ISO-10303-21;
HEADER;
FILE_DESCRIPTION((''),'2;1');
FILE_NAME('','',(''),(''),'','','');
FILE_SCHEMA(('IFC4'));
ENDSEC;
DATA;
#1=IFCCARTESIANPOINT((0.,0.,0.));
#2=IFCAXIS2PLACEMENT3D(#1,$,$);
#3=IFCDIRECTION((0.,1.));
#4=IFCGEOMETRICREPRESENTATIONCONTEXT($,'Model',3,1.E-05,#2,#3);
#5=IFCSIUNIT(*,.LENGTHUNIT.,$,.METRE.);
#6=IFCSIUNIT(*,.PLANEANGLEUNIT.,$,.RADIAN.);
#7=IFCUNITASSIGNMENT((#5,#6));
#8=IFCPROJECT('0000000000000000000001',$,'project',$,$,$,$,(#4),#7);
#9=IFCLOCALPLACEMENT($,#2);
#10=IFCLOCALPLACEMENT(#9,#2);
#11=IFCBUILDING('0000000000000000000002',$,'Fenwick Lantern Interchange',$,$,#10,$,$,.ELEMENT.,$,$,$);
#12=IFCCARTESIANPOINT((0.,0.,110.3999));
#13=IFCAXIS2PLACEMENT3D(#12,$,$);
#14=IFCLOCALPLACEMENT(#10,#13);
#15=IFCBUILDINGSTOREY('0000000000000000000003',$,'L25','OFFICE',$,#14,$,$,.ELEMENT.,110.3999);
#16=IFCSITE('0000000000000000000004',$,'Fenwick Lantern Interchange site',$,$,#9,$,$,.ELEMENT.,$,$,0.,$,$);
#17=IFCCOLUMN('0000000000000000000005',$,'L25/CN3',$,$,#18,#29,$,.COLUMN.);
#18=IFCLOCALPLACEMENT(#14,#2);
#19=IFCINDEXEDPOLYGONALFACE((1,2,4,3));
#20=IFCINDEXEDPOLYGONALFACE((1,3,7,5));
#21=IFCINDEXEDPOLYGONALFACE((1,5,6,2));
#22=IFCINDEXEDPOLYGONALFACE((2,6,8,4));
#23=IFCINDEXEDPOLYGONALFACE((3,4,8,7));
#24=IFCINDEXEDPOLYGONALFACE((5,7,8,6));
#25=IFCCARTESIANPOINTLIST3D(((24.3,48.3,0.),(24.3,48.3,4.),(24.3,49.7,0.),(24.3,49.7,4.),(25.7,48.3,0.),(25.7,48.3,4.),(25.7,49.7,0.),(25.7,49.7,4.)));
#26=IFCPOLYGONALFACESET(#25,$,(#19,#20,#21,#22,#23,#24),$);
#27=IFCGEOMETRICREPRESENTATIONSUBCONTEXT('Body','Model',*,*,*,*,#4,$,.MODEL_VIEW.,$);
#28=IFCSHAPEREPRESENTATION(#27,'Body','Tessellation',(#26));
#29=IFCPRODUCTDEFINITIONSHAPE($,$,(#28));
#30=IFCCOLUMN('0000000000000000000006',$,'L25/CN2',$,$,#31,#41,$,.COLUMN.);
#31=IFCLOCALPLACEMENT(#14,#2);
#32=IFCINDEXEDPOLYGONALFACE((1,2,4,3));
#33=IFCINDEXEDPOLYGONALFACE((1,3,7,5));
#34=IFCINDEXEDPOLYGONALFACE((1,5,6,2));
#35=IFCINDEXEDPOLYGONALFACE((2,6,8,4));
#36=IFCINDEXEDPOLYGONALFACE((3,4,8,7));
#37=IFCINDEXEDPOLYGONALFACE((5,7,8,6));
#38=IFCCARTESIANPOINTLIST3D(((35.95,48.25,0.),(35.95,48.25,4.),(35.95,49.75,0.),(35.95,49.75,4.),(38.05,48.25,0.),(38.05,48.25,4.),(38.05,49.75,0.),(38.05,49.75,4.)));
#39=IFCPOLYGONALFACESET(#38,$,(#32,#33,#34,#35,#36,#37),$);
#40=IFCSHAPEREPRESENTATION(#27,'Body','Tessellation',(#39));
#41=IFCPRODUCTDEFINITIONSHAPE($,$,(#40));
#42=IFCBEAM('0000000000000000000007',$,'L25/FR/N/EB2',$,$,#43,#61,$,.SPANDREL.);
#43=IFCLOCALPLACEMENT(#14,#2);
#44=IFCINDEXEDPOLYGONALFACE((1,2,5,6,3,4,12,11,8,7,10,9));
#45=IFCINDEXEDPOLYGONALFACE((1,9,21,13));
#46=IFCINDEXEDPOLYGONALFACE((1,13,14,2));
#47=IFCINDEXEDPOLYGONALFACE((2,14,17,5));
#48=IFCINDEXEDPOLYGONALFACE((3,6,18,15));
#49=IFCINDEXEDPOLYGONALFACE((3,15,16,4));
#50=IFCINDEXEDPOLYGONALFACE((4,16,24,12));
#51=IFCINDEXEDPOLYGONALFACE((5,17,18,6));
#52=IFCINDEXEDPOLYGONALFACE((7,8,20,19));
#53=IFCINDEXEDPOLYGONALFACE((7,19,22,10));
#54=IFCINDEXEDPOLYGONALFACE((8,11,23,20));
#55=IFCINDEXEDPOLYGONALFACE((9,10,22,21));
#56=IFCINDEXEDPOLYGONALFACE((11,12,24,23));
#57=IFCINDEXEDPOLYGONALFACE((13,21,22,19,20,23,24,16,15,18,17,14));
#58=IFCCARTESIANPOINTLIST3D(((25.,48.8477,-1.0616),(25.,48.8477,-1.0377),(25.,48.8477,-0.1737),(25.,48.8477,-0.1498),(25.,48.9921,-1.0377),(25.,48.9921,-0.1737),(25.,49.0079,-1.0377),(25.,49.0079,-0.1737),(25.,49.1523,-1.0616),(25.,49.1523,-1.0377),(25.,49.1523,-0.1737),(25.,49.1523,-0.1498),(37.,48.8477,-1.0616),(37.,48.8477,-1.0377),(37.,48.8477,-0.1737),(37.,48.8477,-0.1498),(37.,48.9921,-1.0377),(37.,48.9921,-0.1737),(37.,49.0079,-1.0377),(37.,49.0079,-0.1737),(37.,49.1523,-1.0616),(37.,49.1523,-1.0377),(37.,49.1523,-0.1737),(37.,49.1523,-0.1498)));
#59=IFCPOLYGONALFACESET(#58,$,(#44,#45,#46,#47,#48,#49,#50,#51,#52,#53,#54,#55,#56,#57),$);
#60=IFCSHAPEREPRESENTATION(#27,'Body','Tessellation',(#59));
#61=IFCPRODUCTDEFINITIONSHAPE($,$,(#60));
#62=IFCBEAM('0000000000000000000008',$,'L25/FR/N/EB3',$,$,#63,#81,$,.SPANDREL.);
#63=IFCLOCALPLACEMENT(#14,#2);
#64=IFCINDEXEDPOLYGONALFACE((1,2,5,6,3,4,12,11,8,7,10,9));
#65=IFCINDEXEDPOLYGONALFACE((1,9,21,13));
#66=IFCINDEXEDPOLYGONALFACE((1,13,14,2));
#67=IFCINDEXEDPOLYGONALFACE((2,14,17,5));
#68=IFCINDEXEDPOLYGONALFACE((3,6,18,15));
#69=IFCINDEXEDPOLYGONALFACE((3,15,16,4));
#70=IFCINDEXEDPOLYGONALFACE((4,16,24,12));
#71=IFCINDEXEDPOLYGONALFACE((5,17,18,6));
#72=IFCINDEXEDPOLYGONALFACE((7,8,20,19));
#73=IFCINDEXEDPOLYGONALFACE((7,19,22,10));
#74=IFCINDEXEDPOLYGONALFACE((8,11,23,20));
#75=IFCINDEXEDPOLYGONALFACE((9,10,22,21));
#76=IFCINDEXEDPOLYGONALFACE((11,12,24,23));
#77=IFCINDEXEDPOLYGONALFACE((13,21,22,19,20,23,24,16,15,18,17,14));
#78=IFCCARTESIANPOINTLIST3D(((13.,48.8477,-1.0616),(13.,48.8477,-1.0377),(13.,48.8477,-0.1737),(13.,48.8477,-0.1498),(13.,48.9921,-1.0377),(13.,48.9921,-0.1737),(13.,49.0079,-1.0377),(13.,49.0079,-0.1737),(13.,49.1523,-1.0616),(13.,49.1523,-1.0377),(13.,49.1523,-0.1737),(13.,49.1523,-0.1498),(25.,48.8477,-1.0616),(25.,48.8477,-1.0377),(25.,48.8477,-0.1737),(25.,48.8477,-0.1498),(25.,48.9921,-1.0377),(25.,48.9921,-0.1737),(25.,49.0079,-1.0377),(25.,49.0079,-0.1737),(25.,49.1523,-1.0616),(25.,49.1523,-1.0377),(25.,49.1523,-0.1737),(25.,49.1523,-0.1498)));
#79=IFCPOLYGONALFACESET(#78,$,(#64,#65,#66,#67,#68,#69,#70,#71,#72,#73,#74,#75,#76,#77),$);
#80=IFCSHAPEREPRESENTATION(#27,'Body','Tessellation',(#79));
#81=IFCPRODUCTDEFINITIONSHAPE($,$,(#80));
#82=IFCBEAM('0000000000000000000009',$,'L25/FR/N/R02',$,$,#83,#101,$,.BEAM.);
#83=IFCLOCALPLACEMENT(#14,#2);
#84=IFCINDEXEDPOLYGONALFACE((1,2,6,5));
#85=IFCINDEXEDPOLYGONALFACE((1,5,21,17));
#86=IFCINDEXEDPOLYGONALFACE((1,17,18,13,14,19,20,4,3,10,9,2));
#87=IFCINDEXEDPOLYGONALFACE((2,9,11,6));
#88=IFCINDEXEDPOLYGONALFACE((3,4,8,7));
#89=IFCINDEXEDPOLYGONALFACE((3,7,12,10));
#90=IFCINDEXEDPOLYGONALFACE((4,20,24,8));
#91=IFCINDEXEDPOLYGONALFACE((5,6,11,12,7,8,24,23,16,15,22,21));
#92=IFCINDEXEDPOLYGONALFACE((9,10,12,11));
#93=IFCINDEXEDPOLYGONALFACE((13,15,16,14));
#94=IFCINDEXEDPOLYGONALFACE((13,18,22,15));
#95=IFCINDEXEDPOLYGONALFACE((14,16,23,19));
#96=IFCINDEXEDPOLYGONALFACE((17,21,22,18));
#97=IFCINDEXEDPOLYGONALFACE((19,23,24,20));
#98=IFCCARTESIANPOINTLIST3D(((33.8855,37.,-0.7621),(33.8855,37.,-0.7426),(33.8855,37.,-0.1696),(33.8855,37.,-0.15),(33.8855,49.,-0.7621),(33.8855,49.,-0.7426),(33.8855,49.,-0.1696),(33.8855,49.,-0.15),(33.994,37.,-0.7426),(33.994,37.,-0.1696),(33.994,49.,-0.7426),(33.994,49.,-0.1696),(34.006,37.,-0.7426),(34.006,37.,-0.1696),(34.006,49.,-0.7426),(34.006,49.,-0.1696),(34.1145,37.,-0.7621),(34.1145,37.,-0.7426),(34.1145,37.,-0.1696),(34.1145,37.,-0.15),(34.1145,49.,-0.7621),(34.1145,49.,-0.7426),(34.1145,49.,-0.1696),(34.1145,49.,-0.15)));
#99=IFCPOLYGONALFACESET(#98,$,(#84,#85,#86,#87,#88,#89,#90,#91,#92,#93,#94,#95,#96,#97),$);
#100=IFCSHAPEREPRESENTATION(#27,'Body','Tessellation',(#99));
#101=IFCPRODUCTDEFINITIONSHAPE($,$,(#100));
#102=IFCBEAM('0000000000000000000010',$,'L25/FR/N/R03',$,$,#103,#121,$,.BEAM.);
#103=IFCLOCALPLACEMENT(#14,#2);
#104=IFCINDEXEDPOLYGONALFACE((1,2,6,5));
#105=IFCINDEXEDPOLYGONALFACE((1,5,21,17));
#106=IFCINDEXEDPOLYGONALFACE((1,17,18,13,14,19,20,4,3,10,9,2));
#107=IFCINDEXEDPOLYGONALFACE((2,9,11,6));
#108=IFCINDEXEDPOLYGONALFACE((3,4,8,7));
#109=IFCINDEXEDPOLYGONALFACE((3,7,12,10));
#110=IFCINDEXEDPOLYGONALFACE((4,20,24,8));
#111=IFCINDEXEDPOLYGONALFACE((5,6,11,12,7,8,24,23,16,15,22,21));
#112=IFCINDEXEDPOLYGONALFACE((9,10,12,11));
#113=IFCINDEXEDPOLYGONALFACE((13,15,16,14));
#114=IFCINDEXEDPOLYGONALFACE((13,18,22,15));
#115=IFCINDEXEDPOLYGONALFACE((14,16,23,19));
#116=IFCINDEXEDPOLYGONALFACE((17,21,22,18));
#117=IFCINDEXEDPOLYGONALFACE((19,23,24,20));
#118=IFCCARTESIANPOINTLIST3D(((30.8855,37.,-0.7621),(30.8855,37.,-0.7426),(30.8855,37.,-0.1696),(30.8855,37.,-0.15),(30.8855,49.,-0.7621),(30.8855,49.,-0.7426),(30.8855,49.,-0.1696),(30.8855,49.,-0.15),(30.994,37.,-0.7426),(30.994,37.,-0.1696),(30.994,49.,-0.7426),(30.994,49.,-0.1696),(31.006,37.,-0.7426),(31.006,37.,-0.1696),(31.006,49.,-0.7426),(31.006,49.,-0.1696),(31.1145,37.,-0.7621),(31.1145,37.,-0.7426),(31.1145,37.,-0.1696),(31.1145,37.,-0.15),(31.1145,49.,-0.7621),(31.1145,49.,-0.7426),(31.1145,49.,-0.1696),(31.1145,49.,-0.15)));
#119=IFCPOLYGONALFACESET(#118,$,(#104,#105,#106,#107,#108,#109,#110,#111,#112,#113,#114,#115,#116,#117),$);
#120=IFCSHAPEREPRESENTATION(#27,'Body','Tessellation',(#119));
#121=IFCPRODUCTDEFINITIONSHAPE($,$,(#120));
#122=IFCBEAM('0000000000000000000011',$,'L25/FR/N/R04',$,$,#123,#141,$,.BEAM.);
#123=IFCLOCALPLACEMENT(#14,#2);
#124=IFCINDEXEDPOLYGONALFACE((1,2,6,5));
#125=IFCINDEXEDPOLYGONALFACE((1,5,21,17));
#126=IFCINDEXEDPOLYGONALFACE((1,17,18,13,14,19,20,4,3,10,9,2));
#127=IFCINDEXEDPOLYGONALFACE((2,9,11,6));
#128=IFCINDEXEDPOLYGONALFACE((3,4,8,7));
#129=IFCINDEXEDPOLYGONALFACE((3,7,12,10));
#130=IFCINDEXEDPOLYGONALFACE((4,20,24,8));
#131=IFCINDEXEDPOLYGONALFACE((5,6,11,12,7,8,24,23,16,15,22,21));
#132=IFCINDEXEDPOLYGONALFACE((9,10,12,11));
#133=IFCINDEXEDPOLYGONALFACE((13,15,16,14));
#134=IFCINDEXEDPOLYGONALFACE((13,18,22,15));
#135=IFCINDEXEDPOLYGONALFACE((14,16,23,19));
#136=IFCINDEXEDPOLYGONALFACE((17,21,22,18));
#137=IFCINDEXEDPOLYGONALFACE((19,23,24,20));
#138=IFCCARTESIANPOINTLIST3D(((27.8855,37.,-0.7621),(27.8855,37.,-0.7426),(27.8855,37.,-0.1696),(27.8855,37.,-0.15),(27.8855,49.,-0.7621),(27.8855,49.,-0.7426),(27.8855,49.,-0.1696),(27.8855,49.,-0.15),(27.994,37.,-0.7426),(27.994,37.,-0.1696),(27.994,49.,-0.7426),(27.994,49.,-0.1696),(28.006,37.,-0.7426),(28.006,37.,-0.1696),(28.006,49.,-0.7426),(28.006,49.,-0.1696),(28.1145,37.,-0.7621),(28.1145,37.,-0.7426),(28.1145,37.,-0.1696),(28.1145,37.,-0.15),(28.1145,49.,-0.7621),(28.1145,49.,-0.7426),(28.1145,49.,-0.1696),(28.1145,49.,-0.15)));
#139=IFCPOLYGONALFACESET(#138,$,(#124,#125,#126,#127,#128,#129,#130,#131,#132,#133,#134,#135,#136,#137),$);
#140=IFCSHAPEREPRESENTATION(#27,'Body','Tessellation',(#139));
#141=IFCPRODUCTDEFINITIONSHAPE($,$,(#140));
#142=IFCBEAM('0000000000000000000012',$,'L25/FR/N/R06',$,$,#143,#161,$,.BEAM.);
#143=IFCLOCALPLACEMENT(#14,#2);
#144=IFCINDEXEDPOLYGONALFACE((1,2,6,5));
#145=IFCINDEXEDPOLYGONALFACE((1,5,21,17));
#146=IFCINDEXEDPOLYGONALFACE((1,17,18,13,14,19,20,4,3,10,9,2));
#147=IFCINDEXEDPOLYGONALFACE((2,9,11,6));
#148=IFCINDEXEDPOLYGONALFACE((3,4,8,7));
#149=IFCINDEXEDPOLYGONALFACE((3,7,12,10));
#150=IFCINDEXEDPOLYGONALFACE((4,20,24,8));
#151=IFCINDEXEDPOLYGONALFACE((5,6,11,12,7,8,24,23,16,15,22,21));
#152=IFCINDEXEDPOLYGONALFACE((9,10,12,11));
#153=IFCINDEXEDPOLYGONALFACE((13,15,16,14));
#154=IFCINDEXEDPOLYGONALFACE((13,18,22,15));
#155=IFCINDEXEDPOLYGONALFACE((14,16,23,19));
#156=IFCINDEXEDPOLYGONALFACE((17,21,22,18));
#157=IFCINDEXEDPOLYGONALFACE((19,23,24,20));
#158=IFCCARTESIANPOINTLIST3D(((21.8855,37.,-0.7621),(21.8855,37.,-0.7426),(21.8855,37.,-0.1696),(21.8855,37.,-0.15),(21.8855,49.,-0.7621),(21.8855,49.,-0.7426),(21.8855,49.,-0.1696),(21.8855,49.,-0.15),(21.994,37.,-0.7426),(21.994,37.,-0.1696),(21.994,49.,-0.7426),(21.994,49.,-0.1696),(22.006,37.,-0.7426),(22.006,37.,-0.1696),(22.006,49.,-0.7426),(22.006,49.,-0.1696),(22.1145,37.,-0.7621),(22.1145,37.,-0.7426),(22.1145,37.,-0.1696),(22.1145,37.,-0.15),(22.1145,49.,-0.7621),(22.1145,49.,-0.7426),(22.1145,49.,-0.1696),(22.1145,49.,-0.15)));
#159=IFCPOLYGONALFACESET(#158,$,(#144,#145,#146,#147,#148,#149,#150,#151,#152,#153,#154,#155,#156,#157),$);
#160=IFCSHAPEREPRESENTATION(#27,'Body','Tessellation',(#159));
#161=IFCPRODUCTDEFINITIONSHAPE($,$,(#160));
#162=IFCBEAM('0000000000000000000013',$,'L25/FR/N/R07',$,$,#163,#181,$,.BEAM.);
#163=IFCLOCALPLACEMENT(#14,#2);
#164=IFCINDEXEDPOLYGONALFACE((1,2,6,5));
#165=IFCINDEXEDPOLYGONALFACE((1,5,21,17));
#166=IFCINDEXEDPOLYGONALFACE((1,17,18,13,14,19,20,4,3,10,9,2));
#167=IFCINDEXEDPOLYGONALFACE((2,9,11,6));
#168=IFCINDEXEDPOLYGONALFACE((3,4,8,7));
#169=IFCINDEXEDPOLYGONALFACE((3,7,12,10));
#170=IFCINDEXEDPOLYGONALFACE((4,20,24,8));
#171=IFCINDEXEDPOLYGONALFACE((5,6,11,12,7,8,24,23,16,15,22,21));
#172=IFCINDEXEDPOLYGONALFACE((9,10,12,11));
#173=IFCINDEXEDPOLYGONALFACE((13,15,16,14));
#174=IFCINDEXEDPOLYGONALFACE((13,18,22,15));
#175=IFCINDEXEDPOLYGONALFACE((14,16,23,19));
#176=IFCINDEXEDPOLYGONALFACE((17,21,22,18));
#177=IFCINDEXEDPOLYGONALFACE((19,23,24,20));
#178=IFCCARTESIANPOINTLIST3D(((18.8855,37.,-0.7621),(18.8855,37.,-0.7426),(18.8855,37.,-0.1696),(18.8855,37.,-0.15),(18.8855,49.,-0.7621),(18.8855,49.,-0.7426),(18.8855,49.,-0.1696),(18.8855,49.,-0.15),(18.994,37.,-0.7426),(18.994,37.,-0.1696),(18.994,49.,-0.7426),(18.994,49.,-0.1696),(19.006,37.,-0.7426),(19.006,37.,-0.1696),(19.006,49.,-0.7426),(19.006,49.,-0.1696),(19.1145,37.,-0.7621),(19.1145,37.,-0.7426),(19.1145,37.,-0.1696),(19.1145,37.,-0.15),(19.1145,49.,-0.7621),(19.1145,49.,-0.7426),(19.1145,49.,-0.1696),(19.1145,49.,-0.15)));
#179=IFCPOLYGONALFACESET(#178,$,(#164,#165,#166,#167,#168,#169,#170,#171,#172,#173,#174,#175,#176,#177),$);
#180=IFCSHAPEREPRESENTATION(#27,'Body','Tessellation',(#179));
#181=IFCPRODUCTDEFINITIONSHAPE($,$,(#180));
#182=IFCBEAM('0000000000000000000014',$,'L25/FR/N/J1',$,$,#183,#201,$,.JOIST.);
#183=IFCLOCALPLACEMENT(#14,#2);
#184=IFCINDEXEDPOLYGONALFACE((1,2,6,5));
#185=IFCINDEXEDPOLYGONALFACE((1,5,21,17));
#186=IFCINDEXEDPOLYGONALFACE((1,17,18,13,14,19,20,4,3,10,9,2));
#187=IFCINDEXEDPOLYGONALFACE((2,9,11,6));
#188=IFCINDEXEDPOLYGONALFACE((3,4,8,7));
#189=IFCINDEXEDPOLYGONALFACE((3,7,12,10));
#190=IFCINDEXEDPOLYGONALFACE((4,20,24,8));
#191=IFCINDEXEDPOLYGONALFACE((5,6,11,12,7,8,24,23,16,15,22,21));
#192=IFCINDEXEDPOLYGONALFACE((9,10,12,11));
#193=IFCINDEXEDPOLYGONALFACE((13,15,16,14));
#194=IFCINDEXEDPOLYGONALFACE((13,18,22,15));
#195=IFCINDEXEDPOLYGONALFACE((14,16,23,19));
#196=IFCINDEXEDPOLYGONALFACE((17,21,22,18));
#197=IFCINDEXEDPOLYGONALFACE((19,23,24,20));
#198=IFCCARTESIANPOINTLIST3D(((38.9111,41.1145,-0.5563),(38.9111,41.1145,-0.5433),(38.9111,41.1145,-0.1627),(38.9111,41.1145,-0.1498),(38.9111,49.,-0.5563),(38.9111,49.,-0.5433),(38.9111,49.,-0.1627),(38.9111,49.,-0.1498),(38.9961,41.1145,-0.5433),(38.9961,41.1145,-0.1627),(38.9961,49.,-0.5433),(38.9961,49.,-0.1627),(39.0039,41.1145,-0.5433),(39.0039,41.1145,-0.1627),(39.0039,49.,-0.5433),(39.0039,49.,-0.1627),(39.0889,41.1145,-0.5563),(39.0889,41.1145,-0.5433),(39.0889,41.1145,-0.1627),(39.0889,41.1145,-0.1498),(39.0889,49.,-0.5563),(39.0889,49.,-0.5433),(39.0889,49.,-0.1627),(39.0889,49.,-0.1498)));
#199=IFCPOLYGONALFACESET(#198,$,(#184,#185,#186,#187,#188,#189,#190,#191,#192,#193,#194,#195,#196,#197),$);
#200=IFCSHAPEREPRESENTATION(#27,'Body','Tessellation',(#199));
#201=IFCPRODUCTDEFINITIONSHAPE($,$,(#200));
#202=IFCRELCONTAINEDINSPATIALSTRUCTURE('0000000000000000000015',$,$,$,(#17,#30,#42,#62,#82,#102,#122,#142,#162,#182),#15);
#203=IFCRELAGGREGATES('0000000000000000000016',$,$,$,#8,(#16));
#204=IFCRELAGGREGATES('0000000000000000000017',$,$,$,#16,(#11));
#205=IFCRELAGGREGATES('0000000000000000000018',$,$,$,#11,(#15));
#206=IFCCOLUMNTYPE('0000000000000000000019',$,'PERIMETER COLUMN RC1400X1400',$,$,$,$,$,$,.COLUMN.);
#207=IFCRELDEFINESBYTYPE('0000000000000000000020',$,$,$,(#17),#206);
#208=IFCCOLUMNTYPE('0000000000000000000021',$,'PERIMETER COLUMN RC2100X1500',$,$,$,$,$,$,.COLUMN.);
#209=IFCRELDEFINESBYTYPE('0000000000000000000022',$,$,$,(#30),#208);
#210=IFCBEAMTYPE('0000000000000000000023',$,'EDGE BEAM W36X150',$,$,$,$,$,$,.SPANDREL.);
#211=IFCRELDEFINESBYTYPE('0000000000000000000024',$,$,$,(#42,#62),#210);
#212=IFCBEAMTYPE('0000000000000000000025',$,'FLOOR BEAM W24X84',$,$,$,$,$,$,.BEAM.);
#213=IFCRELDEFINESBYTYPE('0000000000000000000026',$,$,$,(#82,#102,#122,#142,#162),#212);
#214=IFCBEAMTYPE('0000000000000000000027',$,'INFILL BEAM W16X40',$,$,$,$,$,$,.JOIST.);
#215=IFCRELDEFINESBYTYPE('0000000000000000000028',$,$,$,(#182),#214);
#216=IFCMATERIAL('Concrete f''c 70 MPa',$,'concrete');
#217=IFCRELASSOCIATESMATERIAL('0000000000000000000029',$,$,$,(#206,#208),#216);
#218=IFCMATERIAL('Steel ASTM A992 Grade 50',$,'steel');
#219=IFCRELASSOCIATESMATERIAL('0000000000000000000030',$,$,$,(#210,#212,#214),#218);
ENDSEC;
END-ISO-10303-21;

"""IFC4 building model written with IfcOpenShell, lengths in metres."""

from ifc_helpers import new_model, si_unit, direction, frame, origin, origin_2d, place, context, subcontext, project, spatial, rectangle, i_section, extrude, material, material_profile, profile_set, type_object, element, save


model = new_model("IFC4")

# Units and contexts
model_context = context("Model", 3, precision=1e-05, world=origin(), true_north=direction((0.0, 1.0)))
body_context = subcontext(model_context, "Body", "Model", "MODEL_VIEW")
ifc_project = project(units=[si_unit("LENGTHUNIT", "METRE"), si_unit("PLANEANGLEUNIT", "RADIAN")], contexts=[model_context])

# Site, building, storey
site_placement = place(None, origin())
site = spatial("IfcSite", under=ifc_project, at=site_placement, Name="Fenwick Lantern Interchange site", CompositionType="ELEMENT", RefElevation=0.0)
building_placement = place(site_placement, origin())
building = spatial("IfcBuilding", under=site, at=building_placement, Name="Fenwick Lantern Interchange", CompositionType="ELEMENT")
storey_placement = place(building_placement, frame((0.0, 0.0, 110.3999)))
storey = spatial("IfcBuildingStorey", under=building, at=storey_placement, Name="L25", Description="OFFICE", CompositionType="ELEMENT", Elevation=110.3999)

# Columns
ifc_material_1 = material(Name="Concrete f'c 70 MPa", Category="concrete")
ifc_material_profile_1 = material_profile(ifc_material_1, rectangle(XDim=1.3999, YDim=1.3999, at=origin_2d()), Name="RC1400X1400")
ifc_profile_set_1 = profile_set([ifc_material_profile_1], Name="Concrete f'c 70 MPa")
column_type_1 = type_object("IfcColumnType", Name="PERIMETER COLUMN RC1400X1400", PredefinedType="COLUMN", material=ifc_profile_set_1)
column_1_placement = place(storey_placement, frame((25.0, 49.0, 0.0), z_axis=(0.0, 0.0, 1.0), x_axis=(1.0, 0.0, 0.0)))
element("IfcColumn", 1, at=column_1_placement, inside=storey, type_object=column_type_1, Name="L25/CN3", PredefinedType="COLUMN", context=body_context, shape_type="SweptSolid", body=[
    extrude(rectangle(XDim=1.3999, YDim=1.3999, at=origin_2d()), origin(), (0.0, 0.0, 1.0), 4.0),
])
ifc_material_profile_2 = material_profile(ifc_material_1, rectangle(XDim=2.1001, YDim=1.5, at=origin_2d()), Name="RC2100X1500")
ifc_profile_set_2 = profile_set([ifc_material_profile_2], Name="Concrete f'c 70 MPa")
column_type_2 = type_object("IfcColumnType", Name="PERIMETER COLUMN RC2100X1500", PredefinedType="COLUMN", material=ifc_profile_set_2)
column_2_placement = place(storey_placement, frame((37.0, 49.0, 0.0), z_axis=(0.0, 0.0, 1.0), x_axis=(1.0, 0.0, 0.0)))
element("IfcColumn", 2, at=column_2_placement, inside=storey, type_object=column_type_2, Name="L25/CN2", PredefinedType="COLUMN", context=body_context, shape_type="SweptSolid", body=[
    extrude(rectangle(XDim=2.1001, YDim=1.5, at=origin_2d()), origin(), (0.0, 0.0, 1.0), 4.0),
])

# Beams
ifc_material_2 = material(Name="Steel ASTM A992 Grade 50", Category="steel")
ifc_material_profile_3 = material_profile(ifc_material_2, i_section(OverallWidth=0.3047, OverallDepth=0.9119, WebThickness=0.0159, FlangeThickness=0.0239, at=origin_2d()), Name="W36X150")
ifc_profile_set_3 = profile_set([ifc_material_profile_3], Name="Steel ASTM A992 Grade 50")
beam_type_1 = type_object("IfcBeamType", Name="EDGE BEAM W36X150", PredefinedType="SPANDREL", material=ifc_profile_set_3)
for number, where, z_axis, x_axis, name in (
    (3, (37.0, 49.0, -0.6057), (-1.0, 0.0, 0.0), (0.0, -1.0, 0.0), "L25/FR/N/EB2"),
    (4, (25.0, 49.0, -0.6057), (-1.0, 0.0, 0.0), (0.0, -1.0, 0.0), "L25/FR/N/EB3"),
):
    element("IfcBeam", number, at=place(storey_placement, frame(where, z_axis=z_axis, x_axis=x_axis)), inside=storey, type_object=beam_type_1, Name=name, PredefinedType="SPANDREL", context=body_context, shape_type="SweptSolid", body=[
        extrude(i_section(OverallWidth=0.3047, OverallDepth=0.9119, WebThickness=0.0159, FlangeThickness=0.0239, at=origin_2d()), origin(), (0.0, 0.0, 1.0), 12.0),
    ])
ifc_material_profile_4 = material_profile(ifc_material_2, i_section(OverallWidth=0.229, OverallDepth=0.6121, WebThickness=0.012, FlangeThickness=0.0195, at=origin_2d()), Name="W24X84")
ifc_profile_set_4 = profile_set([ifc_material_profile_4], Name="Steel ASTM A992 Grade 50")
beam_type_2 = type_object("IfcBeamType", Name="FLOOR BEAM W24X84", PredefinedType="BEAM", material=ifc_profile_set_4)
for number, where, z_axis, x_axis, name in (
    (5, (34.0, 49.0, -0.4561), (0.0, -1.0, 0.0), (1.0, 0.0, 0.0), "L25/FR/N/R02"),
    (6, (31.0, 49.0, -0.4561), (0.0, -1.0, 0.0), (1.0, 0.0, 0.0), "L25/FR/N/R03"),
    (7, (28.0, 49.0, -0.4561), (0.0, -1.0, 0.0), (1.0, 0.0, 0.0), "L25/FR/N/R04"),
    (8, (22.0, 49.0, -0.4561), (0.0, -1.0, 0.0), (1.0, 0.0, 0.0), "L25/FR/N/R06"),
    (9, (19.0, 49.0, -0.4561), (0.0, -1.0, 0.0), (1.0, 0.0, 0.0), "L25/FR/N/R07"),
):
    element("IfcBeam", number, at=place(storey_placement, frame(where, z_axis=z_axis, x_axis=x_axis)), inside=storey, type_object=beam_type_2, Name=name, PredefinedType="BEAM", context=body_context, shape_type="SweptSolid", body=[
        extrude(i_section(OverallWidth=0.229, OverallDepth=0.6121, WebThickness=0.012, FlangeThickness=0.0195, at=origin_2d()), origin(), (0.0, 0.0, 1.0), 12.0),
    ])
ifc_material_profile_5 = material_profile(ifc_material_2, i_section(OverallWidth=0.1777, OverallDepth=0.4065, WebThickness=0.0078, FlangeThickness=0.0129, at=origin_2d()), Name="W16X40")
ifc_profile_set_5 = profile_set([ifc_material_profile_5], Name="Steel ASTM A992 Grade 50")
beam_type_3 = type_object("IfcBeamType", Name="INFILL BEAM W16X40", PredefinedType="JOIST", material=ifc_profile_set_5)
beam_1_placement = place(storey_placement, frame((39.0, 49.0, -0.353), z_axis=(0.0, -1.0, 0.0), x_axis=(1.0, 0.0, 0.0)))
element("IfcBeam", 10, at=beam_1_placement, inside=storey, type_object=beam_type_3, Name="L25/FR/N/J1", PredefinedType="JOIST", context=body_context, shape_type="SweptSolid", body=[
    extrude(i_section(OverallWidth=0.1777, OverallDepth=0.4065, WebThickness=0.0078, FlangeThickness=0.0129, at=origin_2d()), origin(), (0.0, 0.0, 1.0), 7.8855),
])

save(model, "model.ifc")
